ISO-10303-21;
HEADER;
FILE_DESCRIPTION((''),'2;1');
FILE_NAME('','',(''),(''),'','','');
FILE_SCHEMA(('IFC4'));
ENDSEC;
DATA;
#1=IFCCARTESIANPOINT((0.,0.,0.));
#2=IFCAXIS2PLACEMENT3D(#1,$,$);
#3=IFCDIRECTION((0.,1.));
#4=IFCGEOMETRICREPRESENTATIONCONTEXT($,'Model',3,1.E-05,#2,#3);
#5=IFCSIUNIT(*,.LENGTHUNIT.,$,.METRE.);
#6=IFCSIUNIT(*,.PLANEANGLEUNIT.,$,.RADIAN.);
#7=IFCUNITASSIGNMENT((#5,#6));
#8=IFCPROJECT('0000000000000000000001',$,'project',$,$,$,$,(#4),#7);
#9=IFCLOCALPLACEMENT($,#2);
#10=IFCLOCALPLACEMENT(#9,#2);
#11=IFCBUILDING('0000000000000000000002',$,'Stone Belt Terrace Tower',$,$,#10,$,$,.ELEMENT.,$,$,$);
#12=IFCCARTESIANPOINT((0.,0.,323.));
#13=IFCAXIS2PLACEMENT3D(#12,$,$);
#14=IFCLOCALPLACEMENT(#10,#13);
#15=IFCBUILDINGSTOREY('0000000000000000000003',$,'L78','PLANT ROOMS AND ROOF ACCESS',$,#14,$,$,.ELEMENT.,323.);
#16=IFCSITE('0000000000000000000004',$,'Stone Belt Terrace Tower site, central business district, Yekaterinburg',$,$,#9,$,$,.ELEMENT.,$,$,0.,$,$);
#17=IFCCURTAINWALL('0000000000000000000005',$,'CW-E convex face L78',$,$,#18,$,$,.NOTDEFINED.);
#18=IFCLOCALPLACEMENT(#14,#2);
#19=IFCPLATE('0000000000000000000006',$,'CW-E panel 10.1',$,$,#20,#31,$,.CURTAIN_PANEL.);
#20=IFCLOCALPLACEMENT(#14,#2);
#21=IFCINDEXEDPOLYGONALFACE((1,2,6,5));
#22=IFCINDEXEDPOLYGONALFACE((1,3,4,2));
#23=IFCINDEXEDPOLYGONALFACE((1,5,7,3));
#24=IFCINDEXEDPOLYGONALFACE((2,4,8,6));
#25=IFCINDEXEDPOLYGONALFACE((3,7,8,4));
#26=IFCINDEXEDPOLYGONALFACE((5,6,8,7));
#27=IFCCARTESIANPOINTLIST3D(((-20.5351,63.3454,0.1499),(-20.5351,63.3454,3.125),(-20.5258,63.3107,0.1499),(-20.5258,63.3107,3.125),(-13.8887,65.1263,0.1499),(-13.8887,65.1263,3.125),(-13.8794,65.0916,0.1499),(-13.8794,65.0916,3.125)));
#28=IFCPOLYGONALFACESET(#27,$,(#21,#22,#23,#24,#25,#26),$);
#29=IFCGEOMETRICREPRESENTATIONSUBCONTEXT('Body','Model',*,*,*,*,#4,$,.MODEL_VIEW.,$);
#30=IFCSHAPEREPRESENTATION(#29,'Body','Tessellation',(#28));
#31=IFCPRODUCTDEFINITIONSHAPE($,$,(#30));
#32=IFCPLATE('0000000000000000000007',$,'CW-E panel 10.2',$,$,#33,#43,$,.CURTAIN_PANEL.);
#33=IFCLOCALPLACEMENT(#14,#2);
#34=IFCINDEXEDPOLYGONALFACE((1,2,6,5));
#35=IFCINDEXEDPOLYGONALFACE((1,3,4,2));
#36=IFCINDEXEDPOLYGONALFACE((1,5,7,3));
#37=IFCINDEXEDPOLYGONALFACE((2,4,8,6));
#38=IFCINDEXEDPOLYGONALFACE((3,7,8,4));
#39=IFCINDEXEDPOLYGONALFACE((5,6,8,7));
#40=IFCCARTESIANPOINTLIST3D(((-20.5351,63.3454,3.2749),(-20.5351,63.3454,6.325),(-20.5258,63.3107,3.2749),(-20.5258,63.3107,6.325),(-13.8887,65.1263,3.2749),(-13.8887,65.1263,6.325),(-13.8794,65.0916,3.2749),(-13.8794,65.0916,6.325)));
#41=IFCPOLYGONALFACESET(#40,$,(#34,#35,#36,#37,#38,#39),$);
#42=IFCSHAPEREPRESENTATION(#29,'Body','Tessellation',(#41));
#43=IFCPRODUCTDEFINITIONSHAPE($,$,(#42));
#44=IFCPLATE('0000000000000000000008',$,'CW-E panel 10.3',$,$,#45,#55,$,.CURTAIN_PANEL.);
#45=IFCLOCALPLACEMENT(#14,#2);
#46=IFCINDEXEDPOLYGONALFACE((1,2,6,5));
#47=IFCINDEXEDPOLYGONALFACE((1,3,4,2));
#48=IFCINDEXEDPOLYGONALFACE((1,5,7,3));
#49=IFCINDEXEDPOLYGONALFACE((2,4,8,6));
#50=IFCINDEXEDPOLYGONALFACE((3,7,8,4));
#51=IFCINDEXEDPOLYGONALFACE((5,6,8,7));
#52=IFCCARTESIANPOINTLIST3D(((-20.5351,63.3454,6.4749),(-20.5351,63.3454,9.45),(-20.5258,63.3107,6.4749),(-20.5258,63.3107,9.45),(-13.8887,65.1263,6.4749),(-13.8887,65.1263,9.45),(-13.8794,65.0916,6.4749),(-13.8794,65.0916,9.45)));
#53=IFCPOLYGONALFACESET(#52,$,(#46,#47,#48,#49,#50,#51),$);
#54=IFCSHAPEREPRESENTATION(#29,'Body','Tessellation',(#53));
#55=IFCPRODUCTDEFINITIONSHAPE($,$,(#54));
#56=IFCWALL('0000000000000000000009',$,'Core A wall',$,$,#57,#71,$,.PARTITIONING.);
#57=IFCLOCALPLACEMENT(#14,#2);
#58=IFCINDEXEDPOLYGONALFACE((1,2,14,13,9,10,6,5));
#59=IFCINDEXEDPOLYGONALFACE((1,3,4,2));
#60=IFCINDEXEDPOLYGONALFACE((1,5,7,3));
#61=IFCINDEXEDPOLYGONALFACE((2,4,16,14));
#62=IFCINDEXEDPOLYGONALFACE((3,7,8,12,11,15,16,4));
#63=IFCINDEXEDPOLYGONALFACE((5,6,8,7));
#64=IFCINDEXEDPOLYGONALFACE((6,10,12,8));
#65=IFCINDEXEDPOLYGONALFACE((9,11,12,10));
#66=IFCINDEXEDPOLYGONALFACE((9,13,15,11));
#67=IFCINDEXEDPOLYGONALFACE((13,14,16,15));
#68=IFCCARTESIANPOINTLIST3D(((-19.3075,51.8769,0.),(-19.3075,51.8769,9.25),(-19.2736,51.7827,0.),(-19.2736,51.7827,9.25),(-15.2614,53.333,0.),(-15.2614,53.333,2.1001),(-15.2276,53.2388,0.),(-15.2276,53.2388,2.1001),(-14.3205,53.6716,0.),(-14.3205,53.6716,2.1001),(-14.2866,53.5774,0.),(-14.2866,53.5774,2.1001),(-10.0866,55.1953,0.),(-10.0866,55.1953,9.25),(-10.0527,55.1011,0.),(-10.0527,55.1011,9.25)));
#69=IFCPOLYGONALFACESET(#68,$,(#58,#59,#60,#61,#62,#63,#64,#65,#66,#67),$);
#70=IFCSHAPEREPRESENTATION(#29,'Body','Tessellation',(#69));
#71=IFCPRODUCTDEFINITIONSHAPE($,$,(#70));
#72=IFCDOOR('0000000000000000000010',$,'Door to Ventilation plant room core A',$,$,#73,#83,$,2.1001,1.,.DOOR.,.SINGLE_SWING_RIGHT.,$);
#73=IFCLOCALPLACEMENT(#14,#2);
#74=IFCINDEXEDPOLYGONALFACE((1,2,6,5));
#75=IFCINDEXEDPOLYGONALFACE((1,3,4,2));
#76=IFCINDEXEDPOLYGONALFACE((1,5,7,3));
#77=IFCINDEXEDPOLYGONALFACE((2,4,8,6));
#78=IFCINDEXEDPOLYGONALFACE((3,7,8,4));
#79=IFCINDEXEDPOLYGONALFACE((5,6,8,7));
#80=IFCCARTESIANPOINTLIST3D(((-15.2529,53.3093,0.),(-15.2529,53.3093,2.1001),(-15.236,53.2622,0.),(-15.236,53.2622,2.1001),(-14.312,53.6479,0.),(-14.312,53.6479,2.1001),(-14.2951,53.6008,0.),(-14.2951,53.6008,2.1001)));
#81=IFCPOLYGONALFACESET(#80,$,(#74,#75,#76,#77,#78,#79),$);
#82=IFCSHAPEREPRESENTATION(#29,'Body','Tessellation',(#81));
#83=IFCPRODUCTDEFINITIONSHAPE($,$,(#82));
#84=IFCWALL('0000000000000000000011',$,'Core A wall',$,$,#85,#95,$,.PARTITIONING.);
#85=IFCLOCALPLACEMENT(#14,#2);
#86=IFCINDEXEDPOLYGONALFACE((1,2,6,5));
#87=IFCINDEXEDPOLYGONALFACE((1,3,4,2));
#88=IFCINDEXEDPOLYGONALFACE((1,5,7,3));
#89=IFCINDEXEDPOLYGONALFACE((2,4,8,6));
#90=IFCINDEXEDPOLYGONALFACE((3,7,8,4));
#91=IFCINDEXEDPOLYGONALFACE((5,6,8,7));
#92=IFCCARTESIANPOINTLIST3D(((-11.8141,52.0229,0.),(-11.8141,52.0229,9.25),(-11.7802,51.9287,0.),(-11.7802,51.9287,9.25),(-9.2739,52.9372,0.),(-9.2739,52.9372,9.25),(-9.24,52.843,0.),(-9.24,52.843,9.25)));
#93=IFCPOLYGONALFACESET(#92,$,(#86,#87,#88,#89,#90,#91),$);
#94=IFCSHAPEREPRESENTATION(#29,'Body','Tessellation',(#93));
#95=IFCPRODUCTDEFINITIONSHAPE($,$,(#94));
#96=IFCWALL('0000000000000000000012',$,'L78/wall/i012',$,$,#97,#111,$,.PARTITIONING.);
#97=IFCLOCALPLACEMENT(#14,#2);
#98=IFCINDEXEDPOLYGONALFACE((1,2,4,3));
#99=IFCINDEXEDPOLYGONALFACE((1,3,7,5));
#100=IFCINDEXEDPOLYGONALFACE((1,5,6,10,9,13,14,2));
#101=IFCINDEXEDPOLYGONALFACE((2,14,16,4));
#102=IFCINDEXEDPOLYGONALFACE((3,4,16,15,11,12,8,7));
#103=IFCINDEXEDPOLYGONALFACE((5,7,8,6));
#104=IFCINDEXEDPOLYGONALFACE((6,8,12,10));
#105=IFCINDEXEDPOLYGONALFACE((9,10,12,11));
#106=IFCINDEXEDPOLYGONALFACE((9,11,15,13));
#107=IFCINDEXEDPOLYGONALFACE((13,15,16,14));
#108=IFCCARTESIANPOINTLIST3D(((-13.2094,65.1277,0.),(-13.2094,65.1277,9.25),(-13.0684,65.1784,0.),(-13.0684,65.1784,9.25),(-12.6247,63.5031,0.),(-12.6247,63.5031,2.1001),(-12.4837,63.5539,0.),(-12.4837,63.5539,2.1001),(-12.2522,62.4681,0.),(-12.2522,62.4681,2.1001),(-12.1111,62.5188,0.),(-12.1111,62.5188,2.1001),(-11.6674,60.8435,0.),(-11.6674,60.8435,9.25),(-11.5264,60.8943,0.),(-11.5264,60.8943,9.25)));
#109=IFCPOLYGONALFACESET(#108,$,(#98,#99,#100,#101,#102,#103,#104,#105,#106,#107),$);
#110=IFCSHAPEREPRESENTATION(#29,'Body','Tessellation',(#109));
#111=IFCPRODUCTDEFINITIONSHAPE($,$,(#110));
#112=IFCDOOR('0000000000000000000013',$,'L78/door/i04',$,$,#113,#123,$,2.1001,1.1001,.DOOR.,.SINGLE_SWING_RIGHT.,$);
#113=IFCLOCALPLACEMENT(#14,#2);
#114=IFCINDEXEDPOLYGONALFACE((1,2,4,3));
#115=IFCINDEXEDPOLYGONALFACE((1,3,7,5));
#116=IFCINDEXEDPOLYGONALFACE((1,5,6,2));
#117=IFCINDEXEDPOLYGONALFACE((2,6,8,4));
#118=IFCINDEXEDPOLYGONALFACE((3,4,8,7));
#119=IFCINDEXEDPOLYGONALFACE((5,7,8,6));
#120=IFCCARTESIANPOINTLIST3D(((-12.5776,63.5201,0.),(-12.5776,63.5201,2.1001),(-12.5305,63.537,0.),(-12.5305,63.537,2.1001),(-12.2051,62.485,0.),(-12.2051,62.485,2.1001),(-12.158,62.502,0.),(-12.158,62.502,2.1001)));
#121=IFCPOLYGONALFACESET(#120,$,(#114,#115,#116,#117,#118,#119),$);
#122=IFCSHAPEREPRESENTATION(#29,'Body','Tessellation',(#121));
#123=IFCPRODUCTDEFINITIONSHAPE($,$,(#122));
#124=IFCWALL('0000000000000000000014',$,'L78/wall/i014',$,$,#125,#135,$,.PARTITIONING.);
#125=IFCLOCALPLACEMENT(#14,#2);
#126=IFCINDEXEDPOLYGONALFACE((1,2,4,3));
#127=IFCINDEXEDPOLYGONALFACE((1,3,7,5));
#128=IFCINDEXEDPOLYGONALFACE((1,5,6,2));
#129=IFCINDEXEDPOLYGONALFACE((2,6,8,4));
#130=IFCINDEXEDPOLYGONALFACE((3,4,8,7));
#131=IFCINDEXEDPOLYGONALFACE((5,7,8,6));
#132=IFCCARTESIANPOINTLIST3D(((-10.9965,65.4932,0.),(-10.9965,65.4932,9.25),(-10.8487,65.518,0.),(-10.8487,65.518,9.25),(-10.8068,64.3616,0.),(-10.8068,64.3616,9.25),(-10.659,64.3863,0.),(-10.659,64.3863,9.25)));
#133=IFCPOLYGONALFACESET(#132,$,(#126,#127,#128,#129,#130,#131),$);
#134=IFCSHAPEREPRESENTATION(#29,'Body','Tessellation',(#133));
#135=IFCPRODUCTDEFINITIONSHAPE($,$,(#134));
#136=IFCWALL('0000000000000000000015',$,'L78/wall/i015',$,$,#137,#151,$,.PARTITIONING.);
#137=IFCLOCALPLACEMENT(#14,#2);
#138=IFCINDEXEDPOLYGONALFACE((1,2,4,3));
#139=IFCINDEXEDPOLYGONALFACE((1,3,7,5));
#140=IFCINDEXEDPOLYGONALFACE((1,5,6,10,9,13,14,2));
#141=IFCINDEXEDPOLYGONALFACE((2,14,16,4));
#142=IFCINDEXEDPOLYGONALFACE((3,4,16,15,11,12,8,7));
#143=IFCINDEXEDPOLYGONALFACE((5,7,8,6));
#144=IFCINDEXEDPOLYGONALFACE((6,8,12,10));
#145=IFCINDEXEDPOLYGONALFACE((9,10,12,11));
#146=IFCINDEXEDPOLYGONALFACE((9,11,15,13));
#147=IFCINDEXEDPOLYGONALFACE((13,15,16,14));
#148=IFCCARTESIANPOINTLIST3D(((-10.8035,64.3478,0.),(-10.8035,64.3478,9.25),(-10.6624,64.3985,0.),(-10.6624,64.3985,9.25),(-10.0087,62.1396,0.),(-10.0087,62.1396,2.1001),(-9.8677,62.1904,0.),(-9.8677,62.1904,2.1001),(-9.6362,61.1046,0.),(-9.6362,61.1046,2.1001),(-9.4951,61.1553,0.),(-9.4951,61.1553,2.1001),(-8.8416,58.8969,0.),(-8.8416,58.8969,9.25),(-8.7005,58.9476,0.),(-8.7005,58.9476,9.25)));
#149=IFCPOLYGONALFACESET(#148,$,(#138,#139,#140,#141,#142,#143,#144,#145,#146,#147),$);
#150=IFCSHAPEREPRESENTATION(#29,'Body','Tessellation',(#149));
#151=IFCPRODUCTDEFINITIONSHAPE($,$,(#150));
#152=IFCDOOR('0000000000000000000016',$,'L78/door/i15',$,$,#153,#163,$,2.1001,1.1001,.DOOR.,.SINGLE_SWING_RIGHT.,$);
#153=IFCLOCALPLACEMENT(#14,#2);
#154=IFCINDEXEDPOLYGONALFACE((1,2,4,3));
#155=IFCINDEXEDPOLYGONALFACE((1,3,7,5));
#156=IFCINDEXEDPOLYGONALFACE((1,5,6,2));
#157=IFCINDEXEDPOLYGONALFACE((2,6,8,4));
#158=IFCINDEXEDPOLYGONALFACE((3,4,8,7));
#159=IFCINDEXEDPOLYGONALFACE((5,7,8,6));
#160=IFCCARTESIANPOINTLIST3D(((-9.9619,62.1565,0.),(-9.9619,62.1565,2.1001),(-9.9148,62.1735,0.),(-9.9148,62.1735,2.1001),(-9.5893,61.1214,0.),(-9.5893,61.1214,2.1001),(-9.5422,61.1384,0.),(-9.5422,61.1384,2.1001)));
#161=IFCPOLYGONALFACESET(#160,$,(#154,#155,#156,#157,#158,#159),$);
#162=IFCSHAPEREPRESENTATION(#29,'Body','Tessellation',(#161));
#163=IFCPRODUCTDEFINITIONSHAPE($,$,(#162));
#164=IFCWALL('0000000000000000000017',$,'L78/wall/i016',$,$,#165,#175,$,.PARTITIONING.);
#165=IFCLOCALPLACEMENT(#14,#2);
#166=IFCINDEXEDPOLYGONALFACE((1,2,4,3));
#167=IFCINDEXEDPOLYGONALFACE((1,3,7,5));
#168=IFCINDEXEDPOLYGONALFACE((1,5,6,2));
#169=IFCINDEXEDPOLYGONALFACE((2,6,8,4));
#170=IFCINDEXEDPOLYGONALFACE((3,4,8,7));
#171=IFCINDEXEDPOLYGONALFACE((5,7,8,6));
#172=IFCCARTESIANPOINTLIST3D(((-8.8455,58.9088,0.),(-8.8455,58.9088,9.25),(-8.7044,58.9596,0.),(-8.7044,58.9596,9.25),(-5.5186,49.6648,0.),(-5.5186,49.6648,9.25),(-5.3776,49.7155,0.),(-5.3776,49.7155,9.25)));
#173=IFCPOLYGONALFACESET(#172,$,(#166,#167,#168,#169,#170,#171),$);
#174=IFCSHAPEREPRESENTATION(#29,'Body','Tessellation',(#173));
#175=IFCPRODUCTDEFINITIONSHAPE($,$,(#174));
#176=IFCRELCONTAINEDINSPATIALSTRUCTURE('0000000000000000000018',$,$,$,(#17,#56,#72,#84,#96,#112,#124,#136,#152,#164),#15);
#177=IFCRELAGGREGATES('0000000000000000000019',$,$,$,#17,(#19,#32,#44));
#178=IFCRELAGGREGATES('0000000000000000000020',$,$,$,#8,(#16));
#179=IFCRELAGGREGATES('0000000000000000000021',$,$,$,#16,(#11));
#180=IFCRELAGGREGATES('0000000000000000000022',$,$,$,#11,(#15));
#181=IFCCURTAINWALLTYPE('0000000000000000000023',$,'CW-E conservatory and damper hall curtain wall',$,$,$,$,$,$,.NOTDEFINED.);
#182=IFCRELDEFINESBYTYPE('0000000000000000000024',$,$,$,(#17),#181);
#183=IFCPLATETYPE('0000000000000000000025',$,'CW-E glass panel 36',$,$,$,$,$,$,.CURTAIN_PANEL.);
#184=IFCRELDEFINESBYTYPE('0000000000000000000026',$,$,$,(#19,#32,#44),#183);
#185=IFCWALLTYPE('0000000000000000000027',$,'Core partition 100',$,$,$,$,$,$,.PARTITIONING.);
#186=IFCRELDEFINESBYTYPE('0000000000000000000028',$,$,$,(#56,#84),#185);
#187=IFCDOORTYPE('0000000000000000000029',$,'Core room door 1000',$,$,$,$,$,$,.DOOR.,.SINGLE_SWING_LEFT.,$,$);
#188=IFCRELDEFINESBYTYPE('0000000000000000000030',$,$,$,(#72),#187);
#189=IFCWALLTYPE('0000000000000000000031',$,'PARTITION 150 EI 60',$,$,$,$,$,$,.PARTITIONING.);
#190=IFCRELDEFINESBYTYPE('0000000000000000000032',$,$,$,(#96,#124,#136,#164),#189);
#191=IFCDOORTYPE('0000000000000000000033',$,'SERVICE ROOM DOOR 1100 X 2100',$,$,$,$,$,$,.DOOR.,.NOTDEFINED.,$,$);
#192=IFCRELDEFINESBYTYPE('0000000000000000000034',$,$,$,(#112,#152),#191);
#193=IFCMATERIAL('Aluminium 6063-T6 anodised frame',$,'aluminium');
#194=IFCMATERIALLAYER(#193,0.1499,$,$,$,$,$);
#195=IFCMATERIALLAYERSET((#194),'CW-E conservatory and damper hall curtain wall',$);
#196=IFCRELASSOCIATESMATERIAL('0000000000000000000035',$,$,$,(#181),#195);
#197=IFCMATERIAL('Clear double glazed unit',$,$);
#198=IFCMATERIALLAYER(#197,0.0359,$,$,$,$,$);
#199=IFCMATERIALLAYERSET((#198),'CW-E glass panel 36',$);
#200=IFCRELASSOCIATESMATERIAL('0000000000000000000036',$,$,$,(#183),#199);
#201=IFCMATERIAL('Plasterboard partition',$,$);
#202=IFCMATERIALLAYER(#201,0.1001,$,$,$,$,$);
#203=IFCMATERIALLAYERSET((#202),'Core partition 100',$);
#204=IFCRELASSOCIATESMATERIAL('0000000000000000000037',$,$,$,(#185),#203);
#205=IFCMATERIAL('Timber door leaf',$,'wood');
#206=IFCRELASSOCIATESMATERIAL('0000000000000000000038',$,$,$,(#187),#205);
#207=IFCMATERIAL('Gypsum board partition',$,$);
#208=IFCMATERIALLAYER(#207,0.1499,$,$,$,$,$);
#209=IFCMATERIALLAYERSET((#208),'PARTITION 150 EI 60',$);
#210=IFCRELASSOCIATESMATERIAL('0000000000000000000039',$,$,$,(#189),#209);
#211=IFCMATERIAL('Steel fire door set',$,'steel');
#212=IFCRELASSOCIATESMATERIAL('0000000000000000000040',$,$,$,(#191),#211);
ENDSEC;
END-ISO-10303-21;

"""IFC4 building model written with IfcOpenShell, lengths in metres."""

from ifc_helpers import new_model, si_unit, direction, frame, frame_2d, origin, origin_2d, place, context, subcontext, project, spatial, rectangle, extrude, material, layer, layer_set, type_object, element, fill, aggregate, save


model = new_model("IFC4")

# Units and contexts
model_context = context("Model", 3, precision=1e-05, world=origin(), true_north=direction((0.0, 1.0)))
body_context = subcontext(model_context, "Body", "Model", "MODEL_VIEW")
ifc_project = project(units=[si_unit("LENGTHUNIT", "METRE"), si_unit("PLANEANGLEUNIT", "RADIAN")], contexts=[model_context])

# Site, building, storey
site_placement = place(None, origin())
site = spatial("IfcSite", under=ifc_project, at=site_placement, Name="Stone Belt Terrace Tower site, central business district, Yekaterinburg", CompositionType="ELEMENT", RefElevation=0.0)
building_placement = place(site_placement, origin())
building = spatial("IfcBuilding", under=site, at=building_placement, Name="Stone Belt Terrace Tower", CompositionType="ELEMENT")
storey_placement = place(building_placement, frame((0.0, 0.0, 323.0)))
storey = spatial("IfcBuildingStorey", under=building, at=storey_placement, Name="L78", Description="PLANT ROOMS AND ROOF ACCESS", CompositionType="ELEMENT", Elevation=323.0)

# Curtain wall, plates
ifc_material_1 = material(Name="Aluminium 6063-T6 anodised frame", Category="aluminium")
ifc_layer_1 = layer(ifc_material_1, 0.1499)
ifc_layer_set_1 = layer_set([ifc_layer_1], Name="CW-E conservatory and damper hall curtain wall")
curtain_wall_type = type_object("IfcCurtainWallType", Name="CW-E conservatory and damper hall curtain wall", PredefinedType="NOTDEFINED", material=ifc_layer_set_1)
curtain_wall_placement = place(storey_placement, origin())
curtain_wall = element("IfcCurtainWall", 1, at=curtain_wall_placement, inside=storey, type_object=curtain_wall_type, Name="CW-E convex face L78", PredefinedType="NOTDEFINED")
ifc_material_2 = material(Name="Clear double glazed unit")
ifc_layer_2 = layer(ifc_material_2, 0.0359)
ifc_layer_set_2 = layer_set([ifc_layer_2], Name="CW-E glass panel 36")
plate_type = type_object("IfcPlateType", Name="CW-E glass panel 36", PredefinedType="CURTAIN_PANEL", material=ifc_layer_set_2)
plate_1_placement = place(storey_placement, frame((-17.2073, 64.2185, 0.1499), z_axis=(0.0, 0.0, 1.0), x_axis=(-0.965926, -0.258819, 0.0)))
plate_1 = element("IfcPlate", 2, at=plate_1_placement, type_object=plate_type, Name="CW-E panel 10.1", PredefinedType="CURTAIN_PANEL", context=body_context, shape_type="SweptSolid", body=[
    extrude(rectangle(XDim=6.8809, YDim=0.0359, at=origin_2d()), origin(), (0.0, 0.0, 1.0), 2.9751),
])
plate_2_placement = place(storey_placement, frame((-17.2073, 64.2185, 3.2749), z_axis=(0.0, 0.0, 1.0), x_axis=(-0.965926, -0.258819, 0.0)))
plate_2 = element("IfcPlate", 3, at=plate_2_placement, type_object=plate_type, Name="CW-E panel 10.2", PredefinedType="CURTAIN_PANEL", context=body_context, shape_type="SweptSolid", body=[
    extrude(rectangle(XDim=6.8809, YDim=0.0359, at=origin_2d()), origin(), (0.0, 0.0, 1.0), 3.05),
])
plate_3_placement = place(storey_placement, frame((-17.2073, 64.2185, 6.4749), z_axis=(0.0, 0.0, 1.0), x_axis=(-0.965926, -0.258819, 0.0)))
plate_3 = element("IfcPlate", 4, at=plate_3_placement, type_object=plate_type, Name="CW-E panel 10.3", PredefinedType="CURTAIN_PANEL", context=body_context, shape_type="SweptSolid", body=[
    extrude(rectangle(XDim=6.8809, YDim=0.0359, at=origin_2d()), origin(), (0.0, 0.0, 1.0), 2.9751),
])
aggregate(curtain_wall, [plate_1, plate_2, plate_3])

# Wall, opening, door
ifc_material_3 = material(Name="Plasterboard partition")
ifc_layer_3 = layer(ifc_material_3, 0.1001)
ifc_layer_set_3 = layer_set([ifc_layer_3], Name="Core partition 100")
wall_type_1 = type_object("IfcWallType", Name="Core partition 100", PredefinedType="PARTITIONING", material=ifc_layer_set_3)
wall_1_placement = place(storey_placement, frame((-19.2905, 51.8298, 0.0), z_axis=(0.0, 0.0, 1.0), x_axis=(0.940926, 0.338613, 0.0)))
wall_1 = element("IfcWall", 5, at=wall_1_placement, inside=storey, type_object=wall_type_1, Name="Core A wall", PredefinedType="PARTITIONING", context=body_context, shape_type="SweptSolid", body=[
    extrude(rectangle(XDim=9.7998, YDim=0.1001, at=frame_2d((4.8999, 0.0))), origin(), (0.0, 0.0, 1.0), 9.25),
])
opening_1_placement = place(wall_1_placement, frame((4.3, 0.0, 0.0)))
opening_1 = element("IfcOpeningElement", 6, at=opening_1_placement, cuts=wall_1, PredefinedType="OPENING", context=body_context, shape_type="SweptSolid", body=[
    extrude(rectangle(XDim=1.0, YDim=2.1001, at=frame_2d((0.5, 1.05))), frame((0.0, 0.0601, 0.0), z_axis=(0.0, -1.0, 0.0), x_axis=(1.0, 0.0, 0.0)), (0.0, 0.0, 1.0), 0.1201),
])
ifc_material_4 = material(Name="Timber door leaf", Category="wood")
door_type_1 = type_object("IfcDoorType", Name="Core room door 1000", OperationType="SINGLE_SWING_LEFT", PredefinedType="DOOR", material=ifc_material_4)
door_1_placement = place(opening_1_placement, origin())
door_1 = element("IfcDoor", 7, at=door_1_placement, inside=storey, type_object=door_type_1, Name="Door to Ventilation plant room core A", OperationType="SINGLE_SWING_RIGHT", OverallHeight=2.1001, OverallWidth=1.0, PredefinedType="DOOR", context=body_context, shape_type="SweptSolid", body=[
    extrude(rectangle(XDim=1.0, YDim=2.1001, at=frame_2d((0.5, 1.05))), frame((0.0, 0.0249, 0.0), z_axis=(0.0, -1.0, 0.0), x_axis=(1.0, 0.0, 0.0)), (0.0, 0.0, 1.0), 0.05),
])
fill(opening_1, door_1)

# Wall
wall_2_placement = place(storey_placement, frame((-11.7971, 51.9758, 0.0), z_axis=(0.0, 0.0, 1.0), x_axis=(0.94091, 0.338655, 0.0)))
element("IfcWall", 8, at=wall_2_placement, inside=storey, type_object=wall_type_1, Name="Core A wall", PredefinedType="PARTITIONING", context=body_context, shape_type="SweptSolid", body=[
    extrude(rectangle(XDim=2.6997, YDim=0.1001, at=frame_2d((1.3499, 0.0))), origin(), (0.0, 0.0, 1.0), 9.25),
])

# Wall, opening, door
ifc_material_5 = material(Name="Gypsum board partition")
ifc_layer_4 = layer(ifc_material_5, 0.1499)
ifc_layer_set_4 = layer_set([ifc_layer_4], Name="PARTITION 150 EI 60")
wall_type_2 = type_object("IfcWallType", Name="PARTITION 150 EI 60", PredefinedType="PARTITIONING", material=ifc_layer_set_4)
wall_3_placement = place(storey_placement, frame((-11.5969, 60.8689, 0.0), z_axis=(0.0, 0.0, 1.0), x_axis=(-0.338659, 0.940909, 0.0)))
wall_3 = element("IfcWall", 9, at=wall_3_placement, inside=storey, type_object=wall_type_2, Name="L78/wall/i012", PredefinedType="PARTITIONING", context=body_context, shape_type="SweptSolid", body=[
    extrude(rectangle(XDim=4.5532, YDim=0.1499, at=frame_2d((2.2766, 0.0))), origin(), (0.0, 0.0, 1.0), 9.25),
])
opening_2_placement = place(wall_3_placement, frame((1.7266, 0.0, 0.0)))
opening_2 = element("IfcOpeningElement", 10, at=opening_2_placement, cuts=wall_3, PredefinedType="OPENING", context=body_context, shape_type="SweptSolid", body=[
    extrude(rectangle(XDim=1.1001, YDim=2.1001, at=frame_2d((0.55, 1.05))), frame((0.0, 0.085, 0.0), z_axis=(0.0, -1.0, 0.0), x_axis=(1.0, 0.0, 0.0)), (0.0, 0.0, 1.0), 0.1699),
])
ifc_material_6 = material(Name="Steel fire door set", Category="steel")
door_type_2 = type_object("IfcDoorType", Name="SERVICE ROOM DOOR 1100 X 2100", OperationType="NOTDEFINED", PredefinedType="DOOR", material=ifc_material_6)
door_2_placement = place(opening_2_placement, origin())
door_2 = element("IfcDoor", 11, at=door_2_placement, inside=storey, type_object=door_type_2, Name="L78/door/i04", OperationType="SINGLE_SWING_RIGHT", OverallHeight=2.1001, OverallWidth=1.1001, PredefinedType="DOOR", context=body_context, shape_type="SweptSolid", body=[
    extrude(rectangle(XDim=1.1001, YDim=2.1001, at=frame_2d((0.55, 1.05))), frame((0.0, 0.0249, 0.0), z_axis=(0.0, -1.0, 0.0), x_axis=(1.0, 0.0, 0.0)), (0.0, 0.0, 1.0), 0.05),
])
fill(opening_2, door_2)

# Wall
wall_4_placement = place(storey_placement, frame((-10.9226, 65.5056, 0.0), z_axis=(0.0, 0.0, 1.0), x_axis=(0.165331, -0.986238, 0.0)))
element("IfcWall", 12, at=wall_4_placement, inside=storey, type_object=wall_type_2, Name="L78/wall/i014", PredefinedType="PARTITIONING", context=body_context, shape_type="SweptSolid", body=[
    extrude(rectangle(XDim=1.1475, YDim=0.1499, at=frame_2d((0.5737, 0.0))), origin(), (0.0, 0.0, 1.0), 9.25),
])

# Wall, opening, door
wall_5_placement = place(storey_placement, frame((-10.7329, 64.373, 0.0), z_axis=(0.0, 0.0, 1.0), x_axis=(0.338655, -0.940911, 0.0)))
wall_5 = element("IfcWall", 13, at=wall_5_placement, inside=storey, type_object=wall_type_2, Name="L78/wall/i015", PredefinedType="PARTITIONING", context=body_context, shape_type="SweptSolid", body=[
    extrude(rectangle(XDim=5.7932, YDim=0.1499, at=frame_2d((2.8965, 0.0))), origin(), (0.0, 0.0, 1.0), 9.25),
])
opening_3_placement = place(wall_5_placement, frame((2.3467, 0.0, 0.0)))
opening_3 = element("IfcOpeningElement", 14, at=opening_3_placement, cuts=wall_5, PredefinedType="OPENING", context=body_context, shape_type="SweptSolid", body=[
    extrude(rectangle(XDim=1.1001, YDim=2.1001, at=frame_2d((0.55, 1.05))), frame((0.0, 0.085, 0.0), z_axis=(0.0, -1.0, 0.0), x_axis=(1.0, 0.0, 0.0)), (0.0, 0.0, 1.0), 0.1699),
])
door_3_placement = place(opening_3_placement, origin())
door_3 = element("IfcDoor", 15, at=door_3_placement, inside=storey, type_object=door_type_2, Name="L78/door/i15", OperationType="SINGLE_SWING_RIGHT", OverallHeight=2.1001, OverallWidth=1.1001, PredefinedType="DOOR", context=body_context, shape_type="SweptSolid", body=[
    extrude(rectangle(XDim=1.1001, YDim=2.1001, at=frame_2d((0.55, 1.05))), frame((0.0, 0.0249, 0.0), z_axis=(0.0, -1.0, 0.0), x_axis=(1.0, 0.0, 0.0)), (0.0, 0.0, 1.0), 0.05),
])
fill(opening_3, door_3)

# Wall
wall_6_placement = place(storey_placement, frame((-8.7749, 58.9341, 0.0), z_axis=(0.0, 0.0, 1.0), x_axis=(0.338631, -0.940919, 0.0)))
element("IfcWall", 16, at=wall_6_placement, inside=storey, type_object=wall_type_2, Name="L78/wall/i016", PredefinedType="PARTITIONING", context=body_context, shape_type="SweptSolid", body=[
    extrude(rectangle(XDim=9.8245, YDim=0.1499, at=frame_2d((4.9121, 0.0))), origin(), (0.0, 0.0, 1.0), 9.25),
])

save(model, "model.ifc")
